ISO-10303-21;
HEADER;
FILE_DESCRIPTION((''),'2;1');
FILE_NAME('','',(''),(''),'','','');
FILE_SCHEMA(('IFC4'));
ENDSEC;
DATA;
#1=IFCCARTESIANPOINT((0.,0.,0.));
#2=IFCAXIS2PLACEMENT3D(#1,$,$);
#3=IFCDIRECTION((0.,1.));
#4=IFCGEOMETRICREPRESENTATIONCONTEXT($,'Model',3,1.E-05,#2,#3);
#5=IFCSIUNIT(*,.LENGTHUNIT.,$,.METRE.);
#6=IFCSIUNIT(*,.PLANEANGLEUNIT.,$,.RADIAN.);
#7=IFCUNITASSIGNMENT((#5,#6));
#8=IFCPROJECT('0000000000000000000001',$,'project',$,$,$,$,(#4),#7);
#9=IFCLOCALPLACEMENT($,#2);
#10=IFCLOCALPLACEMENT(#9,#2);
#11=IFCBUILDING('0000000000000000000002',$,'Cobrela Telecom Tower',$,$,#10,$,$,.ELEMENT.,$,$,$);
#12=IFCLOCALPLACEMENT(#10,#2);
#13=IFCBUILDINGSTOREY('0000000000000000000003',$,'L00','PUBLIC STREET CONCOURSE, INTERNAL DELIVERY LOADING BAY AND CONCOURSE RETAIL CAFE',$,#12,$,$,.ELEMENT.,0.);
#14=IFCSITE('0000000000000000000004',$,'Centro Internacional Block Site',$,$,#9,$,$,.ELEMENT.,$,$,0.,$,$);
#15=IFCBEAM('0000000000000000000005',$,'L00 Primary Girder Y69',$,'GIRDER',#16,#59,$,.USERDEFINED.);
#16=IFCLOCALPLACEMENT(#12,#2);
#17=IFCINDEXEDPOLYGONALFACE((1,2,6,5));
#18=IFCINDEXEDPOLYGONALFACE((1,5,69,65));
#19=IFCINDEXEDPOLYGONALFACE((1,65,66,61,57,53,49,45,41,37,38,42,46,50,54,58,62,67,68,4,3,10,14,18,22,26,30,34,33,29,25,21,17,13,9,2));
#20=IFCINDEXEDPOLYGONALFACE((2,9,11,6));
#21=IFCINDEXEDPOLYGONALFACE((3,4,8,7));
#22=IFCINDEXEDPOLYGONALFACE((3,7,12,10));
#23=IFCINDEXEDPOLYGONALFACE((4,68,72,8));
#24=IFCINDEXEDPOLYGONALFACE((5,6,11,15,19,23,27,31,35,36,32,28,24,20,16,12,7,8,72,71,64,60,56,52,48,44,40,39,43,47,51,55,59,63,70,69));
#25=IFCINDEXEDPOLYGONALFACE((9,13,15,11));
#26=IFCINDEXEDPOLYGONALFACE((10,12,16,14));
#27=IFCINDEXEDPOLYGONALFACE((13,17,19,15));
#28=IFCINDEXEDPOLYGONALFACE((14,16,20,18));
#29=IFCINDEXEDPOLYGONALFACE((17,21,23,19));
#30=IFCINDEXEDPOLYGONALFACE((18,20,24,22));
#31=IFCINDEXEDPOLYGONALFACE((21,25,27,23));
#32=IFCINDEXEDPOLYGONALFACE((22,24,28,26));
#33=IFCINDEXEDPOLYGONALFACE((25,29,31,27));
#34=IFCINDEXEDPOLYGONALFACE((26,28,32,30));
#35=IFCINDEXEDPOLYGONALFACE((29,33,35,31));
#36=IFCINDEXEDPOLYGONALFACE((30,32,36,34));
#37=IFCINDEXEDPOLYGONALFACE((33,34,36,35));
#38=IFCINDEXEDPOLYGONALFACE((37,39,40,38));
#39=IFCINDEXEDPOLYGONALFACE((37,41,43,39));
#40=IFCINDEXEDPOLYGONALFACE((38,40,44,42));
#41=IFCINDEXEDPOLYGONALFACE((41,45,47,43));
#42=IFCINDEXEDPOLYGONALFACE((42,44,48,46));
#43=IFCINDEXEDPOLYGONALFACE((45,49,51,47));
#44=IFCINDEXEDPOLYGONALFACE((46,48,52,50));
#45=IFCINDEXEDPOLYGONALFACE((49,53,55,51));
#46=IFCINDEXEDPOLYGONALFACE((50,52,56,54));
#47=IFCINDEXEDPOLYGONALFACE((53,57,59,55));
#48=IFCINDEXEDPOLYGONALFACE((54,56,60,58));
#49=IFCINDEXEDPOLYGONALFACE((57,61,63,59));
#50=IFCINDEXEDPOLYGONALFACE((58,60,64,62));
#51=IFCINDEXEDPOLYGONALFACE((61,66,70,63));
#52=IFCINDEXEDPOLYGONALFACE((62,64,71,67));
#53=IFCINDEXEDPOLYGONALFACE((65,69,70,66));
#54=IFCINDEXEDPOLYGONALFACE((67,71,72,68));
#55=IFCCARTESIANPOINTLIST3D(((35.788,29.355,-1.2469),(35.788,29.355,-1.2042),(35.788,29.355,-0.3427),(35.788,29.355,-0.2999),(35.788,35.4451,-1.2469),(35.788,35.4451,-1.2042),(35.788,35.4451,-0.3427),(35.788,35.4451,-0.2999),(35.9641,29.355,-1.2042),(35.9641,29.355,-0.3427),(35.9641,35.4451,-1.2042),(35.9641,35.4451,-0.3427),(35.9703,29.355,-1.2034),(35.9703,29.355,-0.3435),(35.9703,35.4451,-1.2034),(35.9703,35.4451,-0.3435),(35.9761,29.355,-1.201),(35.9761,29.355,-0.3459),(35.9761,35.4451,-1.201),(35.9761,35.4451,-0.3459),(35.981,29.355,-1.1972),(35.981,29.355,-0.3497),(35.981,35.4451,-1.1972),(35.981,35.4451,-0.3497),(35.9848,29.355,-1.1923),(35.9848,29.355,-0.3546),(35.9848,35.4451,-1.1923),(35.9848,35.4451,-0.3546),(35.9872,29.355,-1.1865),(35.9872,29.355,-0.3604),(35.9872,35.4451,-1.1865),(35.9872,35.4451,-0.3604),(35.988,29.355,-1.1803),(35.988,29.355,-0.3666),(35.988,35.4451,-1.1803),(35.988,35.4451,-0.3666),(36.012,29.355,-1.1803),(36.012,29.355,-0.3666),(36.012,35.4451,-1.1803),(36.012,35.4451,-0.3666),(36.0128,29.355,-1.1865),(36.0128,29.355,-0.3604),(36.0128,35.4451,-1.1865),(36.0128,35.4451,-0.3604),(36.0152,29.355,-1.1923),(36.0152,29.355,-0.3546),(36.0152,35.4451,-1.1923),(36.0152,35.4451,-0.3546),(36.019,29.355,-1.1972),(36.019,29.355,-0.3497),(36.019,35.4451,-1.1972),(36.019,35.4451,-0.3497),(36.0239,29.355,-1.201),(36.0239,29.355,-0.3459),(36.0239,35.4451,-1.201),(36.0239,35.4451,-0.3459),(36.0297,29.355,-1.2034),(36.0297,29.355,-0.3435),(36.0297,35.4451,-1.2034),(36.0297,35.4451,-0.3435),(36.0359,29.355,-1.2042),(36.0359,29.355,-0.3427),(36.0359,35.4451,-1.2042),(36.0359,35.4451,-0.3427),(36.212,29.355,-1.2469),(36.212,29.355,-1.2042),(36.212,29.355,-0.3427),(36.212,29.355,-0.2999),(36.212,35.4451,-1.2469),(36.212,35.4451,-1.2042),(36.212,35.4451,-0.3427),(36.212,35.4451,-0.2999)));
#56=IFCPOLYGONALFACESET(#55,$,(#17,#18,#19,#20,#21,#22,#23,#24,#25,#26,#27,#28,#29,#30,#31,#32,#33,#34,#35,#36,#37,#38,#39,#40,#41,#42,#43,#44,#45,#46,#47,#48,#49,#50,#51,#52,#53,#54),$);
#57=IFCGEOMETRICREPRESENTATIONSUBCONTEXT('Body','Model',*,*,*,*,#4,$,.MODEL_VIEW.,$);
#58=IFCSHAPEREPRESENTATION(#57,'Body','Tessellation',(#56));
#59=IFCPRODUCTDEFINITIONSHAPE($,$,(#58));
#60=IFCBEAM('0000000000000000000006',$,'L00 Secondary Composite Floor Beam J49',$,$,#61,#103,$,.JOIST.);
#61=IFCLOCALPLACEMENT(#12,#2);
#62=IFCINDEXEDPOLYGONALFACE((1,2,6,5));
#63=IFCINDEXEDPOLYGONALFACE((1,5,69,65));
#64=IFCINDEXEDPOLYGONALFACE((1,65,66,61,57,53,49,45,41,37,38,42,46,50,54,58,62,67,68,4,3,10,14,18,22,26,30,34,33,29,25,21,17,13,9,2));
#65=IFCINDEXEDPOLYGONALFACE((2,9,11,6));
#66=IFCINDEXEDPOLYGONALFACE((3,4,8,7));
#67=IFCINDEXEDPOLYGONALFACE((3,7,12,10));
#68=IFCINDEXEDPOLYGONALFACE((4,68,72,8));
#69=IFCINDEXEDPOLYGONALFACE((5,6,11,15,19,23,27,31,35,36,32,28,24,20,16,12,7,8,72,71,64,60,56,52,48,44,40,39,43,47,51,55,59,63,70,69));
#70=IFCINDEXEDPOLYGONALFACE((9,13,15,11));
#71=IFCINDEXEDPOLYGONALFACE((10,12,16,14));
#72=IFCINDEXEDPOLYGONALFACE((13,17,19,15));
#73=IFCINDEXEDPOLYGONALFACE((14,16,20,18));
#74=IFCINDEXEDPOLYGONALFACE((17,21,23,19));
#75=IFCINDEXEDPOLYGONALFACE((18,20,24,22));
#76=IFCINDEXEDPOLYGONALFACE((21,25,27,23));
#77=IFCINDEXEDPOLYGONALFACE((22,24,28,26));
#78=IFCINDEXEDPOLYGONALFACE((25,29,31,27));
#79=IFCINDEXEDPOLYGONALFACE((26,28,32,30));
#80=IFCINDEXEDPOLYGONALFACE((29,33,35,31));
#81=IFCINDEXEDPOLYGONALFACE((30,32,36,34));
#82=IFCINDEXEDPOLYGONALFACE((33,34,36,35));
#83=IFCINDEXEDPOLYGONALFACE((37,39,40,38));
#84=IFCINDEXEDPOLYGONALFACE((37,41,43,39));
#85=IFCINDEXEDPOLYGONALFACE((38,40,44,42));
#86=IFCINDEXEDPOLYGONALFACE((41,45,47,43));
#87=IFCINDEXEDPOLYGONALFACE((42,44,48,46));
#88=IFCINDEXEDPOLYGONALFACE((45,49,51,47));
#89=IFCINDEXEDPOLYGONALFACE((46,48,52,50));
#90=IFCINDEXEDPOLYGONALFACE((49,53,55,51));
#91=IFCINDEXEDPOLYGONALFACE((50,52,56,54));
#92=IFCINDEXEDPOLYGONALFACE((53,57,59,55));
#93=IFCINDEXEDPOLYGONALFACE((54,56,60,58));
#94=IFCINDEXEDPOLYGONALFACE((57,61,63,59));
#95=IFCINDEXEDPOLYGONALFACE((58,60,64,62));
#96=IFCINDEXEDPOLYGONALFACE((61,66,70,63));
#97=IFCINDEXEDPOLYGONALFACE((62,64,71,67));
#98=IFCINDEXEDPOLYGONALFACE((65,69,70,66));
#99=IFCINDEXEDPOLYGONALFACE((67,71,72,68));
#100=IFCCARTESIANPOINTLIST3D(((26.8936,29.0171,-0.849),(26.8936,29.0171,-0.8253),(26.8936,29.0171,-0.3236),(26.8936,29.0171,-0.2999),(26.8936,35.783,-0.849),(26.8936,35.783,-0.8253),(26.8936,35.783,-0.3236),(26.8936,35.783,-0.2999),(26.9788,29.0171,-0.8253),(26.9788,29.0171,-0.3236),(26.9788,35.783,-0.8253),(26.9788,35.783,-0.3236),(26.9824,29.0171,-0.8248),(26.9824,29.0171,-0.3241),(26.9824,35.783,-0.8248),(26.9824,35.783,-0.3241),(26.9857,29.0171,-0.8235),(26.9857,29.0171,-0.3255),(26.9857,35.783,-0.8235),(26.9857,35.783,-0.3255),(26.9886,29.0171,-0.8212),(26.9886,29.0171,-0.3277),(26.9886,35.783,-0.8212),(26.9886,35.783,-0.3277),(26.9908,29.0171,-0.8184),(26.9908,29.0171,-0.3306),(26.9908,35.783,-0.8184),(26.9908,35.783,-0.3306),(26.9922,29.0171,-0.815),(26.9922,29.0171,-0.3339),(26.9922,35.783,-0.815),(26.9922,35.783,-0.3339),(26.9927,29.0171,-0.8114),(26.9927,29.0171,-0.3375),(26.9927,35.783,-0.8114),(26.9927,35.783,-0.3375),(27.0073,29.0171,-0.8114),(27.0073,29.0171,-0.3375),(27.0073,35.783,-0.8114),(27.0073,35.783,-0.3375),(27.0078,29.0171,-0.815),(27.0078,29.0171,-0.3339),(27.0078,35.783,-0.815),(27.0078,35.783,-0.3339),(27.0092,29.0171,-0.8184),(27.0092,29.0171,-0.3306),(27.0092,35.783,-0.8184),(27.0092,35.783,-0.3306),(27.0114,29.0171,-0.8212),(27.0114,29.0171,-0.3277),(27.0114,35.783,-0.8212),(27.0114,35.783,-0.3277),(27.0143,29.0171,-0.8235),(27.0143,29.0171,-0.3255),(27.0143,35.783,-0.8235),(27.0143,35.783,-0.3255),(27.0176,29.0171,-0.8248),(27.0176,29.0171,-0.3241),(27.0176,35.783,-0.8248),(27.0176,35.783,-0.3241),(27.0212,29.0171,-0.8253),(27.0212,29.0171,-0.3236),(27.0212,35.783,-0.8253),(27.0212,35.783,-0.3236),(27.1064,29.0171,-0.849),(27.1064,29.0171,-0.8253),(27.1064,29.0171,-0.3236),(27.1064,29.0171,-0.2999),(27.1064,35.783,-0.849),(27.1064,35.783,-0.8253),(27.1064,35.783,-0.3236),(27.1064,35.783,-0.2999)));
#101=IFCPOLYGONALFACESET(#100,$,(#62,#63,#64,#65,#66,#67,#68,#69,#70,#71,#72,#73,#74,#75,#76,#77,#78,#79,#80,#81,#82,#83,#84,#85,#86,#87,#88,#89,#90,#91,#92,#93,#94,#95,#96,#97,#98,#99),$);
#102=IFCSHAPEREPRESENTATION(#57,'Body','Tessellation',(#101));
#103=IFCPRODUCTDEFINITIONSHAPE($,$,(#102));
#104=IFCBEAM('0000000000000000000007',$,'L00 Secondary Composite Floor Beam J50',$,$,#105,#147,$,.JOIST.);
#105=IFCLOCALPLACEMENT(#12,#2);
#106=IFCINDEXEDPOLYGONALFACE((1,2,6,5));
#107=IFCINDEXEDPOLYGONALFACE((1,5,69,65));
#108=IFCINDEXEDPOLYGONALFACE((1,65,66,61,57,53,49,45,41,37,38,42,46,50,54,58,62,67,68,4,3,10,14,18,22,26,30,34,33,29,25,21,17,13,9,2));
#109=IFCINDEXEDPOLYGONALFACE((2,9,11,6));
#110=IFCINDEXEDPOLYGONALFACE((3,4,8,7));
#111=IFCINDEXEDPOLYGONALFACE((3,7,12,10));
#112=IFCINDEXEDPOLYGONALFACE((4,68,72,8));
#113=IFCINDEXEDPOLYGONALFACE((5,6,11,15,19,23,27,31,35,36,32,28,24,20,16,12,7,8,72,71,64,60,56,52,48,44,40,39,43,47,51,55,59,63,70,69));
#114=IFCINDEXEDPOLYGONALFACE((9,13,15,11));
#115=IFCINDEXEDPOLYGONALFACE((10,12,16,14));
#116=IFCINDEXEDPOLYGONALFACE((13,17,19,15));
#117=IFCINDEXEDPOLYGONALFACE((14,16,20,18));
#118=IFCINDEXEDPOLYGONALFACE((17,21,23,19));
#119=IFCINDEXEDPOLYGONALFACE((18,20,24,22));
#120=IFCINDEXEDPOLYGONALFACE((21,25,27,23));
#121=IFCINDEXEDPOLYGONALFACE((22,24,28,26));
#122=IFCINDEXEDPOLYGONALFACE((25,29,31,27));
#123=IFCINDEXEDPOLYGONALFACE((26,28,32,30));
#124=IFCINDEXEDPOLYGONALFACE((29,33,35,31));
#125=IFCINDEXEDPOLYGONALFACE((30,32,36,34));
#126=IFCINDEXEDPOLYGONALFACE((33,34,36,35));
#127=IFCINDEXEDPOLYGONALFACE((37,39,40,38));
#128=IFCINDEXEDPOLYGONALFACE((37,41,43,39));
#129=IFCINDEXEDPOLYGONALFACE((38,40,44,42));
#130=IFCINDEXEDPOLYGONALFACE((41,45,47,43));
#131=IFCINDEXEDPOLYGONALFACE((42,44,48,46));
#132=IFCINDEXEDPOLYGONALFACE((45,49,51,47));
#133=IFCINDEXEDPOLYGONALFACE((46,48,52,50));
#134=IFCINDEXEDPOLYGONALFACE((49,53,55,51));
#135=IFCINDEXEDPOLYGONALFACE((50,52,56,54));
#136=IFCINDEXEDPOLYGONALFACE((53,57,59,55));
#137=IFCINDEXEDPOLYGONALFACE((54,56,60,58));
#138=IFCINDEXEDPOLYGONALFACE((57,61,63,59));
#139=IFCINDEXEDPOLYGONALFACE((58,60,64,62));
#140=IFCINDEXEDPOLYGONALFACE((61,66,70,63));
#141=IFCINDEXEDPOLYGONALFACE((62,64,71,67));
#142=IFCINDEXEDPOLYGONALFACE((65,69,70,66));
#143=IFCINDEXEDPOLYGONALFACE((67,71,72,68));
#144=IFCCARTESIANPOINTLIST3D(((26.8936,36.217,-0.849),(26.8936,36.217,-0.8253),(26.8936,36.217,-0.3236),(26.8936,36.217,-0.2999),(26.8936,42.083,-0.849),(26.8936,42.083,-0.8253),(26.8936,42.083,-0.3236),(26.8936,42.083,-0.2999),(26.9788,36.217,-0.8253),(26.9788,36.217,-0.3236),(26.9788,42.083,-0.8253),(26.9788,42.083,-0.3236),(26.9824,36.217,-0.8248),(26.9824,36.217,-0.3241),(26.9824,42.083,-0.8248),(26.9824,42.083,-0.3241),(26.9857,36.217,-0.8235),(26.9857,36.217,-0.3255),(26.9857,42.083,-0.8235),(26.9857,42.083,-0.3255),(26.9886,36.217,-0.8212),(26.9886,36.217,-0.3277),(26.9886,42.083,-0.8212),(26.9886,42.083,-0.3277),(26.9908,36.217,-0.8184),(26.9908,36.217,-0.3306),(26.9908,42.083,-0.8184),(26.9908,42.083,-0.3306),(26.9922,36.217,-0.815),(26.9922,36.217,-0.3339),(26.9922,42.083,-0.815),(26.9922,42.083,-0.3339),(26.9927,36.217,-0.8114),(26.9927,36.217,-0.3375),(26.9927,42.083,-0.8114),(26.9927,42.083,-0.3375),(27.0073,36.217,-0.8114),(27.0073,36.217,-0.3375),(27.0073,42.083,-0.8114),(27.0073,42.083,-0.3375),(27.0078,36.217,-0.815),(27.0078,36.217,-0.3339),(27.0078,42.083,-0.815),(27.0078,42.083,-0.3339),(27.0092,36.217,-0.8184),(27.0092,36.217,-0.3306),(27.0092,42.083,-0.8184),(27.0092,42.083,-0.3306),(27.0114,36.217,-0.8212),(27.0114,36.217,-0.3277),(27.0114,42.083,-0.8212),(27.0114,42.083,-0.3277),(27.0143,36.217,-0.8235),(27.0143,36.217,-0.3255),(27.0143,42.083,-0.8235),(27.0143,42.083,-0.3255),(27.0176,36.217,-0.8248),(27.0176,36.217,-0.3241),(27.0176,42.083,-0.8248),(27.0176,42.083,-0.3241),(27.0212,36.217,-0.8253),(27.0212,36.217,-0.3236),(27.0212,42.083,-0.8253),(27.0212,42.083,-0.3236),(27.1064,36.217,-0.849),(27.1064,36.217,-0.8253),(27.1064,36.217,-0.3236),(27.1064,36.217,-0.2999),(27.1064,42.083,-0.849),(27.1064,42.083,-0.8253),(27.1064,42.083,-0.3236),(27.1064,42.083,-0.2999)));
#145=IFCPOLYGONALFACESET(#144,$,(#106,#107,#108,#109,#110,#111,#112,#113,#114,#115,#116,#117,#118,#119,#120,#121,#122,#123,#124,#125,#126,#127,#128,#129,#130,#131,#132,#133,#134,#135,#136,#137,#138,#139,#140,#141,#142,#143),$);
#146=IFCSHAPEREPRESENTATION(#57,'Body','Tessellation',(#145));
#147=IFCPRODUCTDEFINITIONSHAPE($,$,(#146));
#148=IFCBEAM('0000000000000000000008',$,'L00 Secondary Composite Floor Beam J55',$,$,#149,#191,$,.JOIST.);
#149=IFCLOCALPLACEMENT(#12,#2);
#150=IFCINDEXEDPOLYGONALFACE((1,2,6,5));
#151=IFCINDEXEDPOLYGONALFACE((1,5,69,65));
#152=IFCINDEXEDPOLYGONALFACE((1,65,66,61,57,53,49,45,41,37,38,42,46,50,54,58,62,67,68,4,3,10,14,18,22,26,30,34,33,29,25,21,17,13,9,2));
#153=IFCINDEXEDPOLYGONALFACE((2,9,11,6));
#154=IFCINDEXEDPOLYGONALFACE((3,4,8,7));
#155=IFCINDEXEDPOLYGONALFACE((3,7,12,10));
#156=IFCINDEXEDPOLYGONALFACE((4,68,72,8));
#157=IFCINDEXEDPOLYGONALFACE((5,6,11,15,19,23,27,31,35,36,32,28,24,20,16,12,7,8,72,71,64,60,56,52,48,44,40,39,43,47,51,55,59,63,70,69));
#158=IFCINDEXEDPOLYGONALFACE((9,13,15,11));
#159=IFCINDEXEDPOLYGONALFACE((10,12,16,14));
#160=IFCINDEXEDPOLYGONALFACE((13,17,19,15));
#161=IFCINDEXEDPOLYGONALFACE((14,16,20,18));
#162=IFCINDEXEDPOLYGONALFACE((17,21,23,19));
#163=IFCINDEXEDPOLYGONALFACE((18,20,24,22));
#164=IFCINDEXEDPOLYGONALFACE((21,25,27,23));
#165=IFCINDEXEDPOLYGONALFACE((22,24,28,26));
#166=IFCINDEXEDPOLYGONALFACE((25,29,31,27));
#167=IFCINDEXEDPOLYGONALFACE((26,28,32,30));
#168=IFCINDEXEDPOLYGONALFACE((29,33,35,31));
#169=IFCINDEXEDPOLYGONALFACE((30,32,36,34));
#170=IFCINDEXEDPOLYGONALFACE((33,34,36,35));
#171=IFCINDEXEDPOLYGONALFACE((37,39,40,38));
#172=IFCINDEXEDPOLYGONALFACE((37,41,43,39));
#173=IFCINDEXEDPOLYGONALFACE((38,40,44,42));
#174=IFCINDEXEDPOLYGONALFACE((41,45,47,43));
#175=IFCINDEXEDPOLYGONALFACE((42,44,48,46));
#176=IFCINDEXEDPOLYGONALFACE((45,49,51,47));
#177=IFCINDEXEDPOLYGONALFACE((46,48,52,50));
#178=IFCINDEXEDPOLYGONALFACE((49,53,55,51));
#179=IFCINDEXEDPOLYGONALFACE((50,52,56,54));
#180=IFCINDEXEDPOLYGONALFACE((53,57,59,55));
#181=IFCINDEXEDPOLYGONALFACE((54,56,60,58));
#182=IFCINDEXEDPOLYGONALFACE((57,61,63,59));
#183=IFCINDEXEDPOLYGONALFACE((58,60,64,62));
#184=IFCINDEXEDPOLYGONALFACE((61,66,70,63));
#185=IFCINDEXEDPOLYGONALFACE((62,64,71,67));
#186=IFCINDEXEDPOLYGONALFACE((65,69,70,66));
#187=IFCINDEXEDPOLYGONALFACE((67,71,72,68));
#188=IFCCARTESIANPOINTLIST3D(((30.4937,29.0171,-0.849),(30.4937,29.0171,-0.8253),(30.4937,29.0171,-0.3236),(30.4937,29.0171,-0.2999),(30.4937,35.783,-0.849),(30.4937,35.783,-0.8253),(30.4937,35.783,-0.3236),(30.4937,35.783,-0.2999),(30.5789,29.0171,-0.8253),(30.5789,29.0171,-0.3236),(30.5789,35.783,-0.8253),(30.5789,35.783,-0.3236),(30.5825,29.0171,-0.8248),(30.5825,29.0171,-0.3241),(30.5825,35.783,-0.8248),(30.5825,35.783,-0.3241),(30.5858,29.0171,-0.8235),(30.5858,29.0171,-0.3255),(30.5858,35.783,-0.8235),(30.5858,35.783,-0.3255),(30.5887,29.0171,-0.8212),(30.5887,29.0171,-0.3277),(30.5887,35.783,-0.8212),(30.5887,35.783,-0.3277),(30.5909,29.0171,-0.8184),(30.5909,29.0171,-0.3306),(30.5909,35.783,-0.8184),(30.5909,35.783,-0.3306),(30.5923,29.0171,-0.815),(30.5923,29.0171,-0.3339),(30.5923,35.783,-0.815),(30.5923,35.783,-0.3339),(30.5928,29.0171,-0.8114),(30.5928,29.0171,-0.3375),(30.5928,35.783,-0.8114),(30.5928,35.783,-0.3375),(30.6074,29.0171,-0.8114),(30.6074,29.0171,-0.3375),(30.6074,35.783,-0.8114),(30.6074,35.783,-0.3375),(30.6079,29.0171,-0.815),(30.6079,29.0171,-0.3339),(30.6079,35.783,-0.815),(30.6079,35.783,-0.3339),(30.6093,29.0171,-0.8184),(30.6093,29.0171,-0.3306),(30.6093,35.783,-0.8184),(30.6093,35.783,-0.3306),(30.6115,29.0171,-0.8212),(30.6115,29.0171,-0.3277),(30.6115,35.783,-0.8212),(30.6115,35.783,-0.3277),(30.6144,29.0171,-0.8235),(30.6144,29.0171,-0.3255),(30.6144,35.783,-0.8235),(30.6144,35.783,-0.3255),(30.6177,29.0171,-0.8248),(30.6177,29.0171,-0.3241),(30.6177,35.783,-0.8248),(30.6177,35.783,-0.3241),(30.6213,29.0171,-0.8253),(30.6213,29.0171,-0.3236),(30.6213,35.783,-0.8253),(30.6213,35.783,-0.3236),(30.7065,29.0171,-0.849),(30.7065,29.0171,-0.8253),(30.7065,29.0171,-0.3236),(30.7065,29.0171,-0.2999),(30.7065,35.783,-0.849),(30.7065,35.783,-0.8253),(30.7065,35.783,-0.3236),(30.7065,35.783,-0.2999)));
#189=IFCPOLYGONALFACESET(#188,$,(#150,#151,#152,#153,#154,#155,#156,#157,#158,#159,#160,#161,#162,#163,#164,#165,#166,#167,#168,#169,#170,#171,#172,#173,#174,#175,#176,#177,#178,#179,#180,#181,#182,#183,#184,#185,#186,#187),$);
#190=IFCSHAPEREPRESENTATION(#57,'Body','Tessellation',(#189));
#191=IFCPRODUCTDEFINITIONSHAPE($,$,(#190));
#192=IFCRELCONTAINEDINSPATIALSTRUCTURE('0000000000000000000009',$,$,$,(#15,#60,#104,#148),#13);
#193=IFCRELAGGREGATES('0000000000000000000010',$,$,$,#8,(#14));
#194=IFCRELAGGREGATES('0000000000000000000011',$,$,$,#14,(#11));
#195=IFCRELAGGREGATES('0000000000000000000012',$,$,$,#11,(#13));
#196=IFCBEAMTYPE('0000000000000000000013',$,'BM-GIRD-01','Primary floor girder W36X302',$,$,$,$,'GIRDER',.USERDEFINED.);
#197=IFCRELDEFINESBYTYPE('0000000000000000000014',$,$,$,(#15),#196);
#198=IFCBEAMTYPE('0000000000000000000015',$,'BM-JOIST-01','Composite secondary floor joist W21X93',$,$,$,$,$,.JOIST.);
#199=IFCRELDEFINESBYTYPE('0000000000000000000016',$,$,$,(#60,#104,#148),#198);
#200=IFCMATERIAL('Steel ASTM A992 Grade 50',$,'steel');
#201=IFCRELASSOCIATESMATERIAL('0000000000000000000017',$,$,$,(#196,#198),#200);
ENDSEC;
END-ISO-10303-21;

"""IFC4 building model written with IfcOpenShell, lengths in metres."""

from ifc_helpers import new_model, si_unit, direction, frame, origin, origin_2d, place, context, subcontext, project, spatial, i_section, extrude, material, material_profile, profile_set, type_object, element, save


model = new_model("IFC4")

# Units and contexts
model_context = context("Model", 3, precision=1e-05, world=origin(), true_north=direction((0.0, 1.0)))
body_context = subcontext(model_context, "Body", "Model", "MODEL_VIEW")
ifc_project = project(units=[si_unit("LENGTHUNIT", "METRE"), si_unit("PLANEANGLEUNIT", "RADIAN")], contexts=[model_context])

# Site, building, storey
site_placement = place(None, origin())
site = spatial("IfcSite", under=ifc_project, at=site_placement, Name="Centro Internacional Block Site", CompositionType="ELEMENT", RefElevation=0.0)
building_placement = place(site_placement, origin())
building = spatial("IfcBuilding", under=site, at=building_placement, Name="Cobrela Telecom Tower", CompositionType="ELEMENT")
storey_placement = place(building_placement, origin())
storey = spatial("IfcBuildingStorey", under=building, at=storey_placement, Name="L00", Description="PUBLIC STREET CONCOURSE, INTERNAL DELIVERY LOADING BAY AND CONCOURSE RETAIL CAFE", CompositionType="ELEMENT", Elevation=0.0)

# Beams
ifc_material_1 = material(Name="Steel ASTM A992 Grade 50", Category="steel")
ifc_material_profile_1 = material_profile(ifc_material_1, i_section(OverallWidth=0.4241, OverallDepth=0.947, WebThickness=0.0239, FlangeThickness=0.0427, FilletRadius=0.0239, at=origin_2d()), Name="W36X302")
ifc_profile_set_1 = profile_set([ifc_material_profile_1], Name="Steel ASTM A992 Grade 50")
beam_type_1 = type_object("IfcBeamType", Name="BM-GIRD-01", Description="Primary floor girder W36X302", ElementType="GIRDER", PredefinedType="USERDEFINED", material=ifc_profile_set_1)
for number, where, z_axis, x_axis, name in (
    (1, (36.0, 29.355, -0.7734), (0.0, 1.0, 0.0), (-1.0, 0.0, 0.0), "L00 Primary Girder Y69"),
):
    element("IfcBeam", number, at=place(storey_placement, frame(where, z_axis=z_axis, x_axis=x_axis)), inside=storey, type_object=beam_type_1, Name=name, ObjectType="GIRDER", PredefinedType="USERDEFINED", context=body_context, shape_type="SweptSolid", body=[
        extrude(i_section(OverallWidth=0.4241, OverallDepth=0.947, WebThickness=0.0239, FlangeThickness=0.0427, FilletRadius=0.0239, at=origin_2d()), origin(), (0.0, 0.0, 1.0), 6.0901),
    ])
ifc_material_profile_2 = material_profile(ifc_material_1, i_section(OverallWidth=0.2129, OverallDepth=0.5491, WebThickness=0.0146, FlangeThickness=0.0237, FilletRadius=0.0139, at=origin_2d()), Name="W21X93")
ifc_profile_set_2 = profile_set([ifc_material_profile_2], Name="Steel ASTM A992 Grade 50")
beam_type_2 = type_object("IfcBeamType", Name="BM-JOIST-01", Description="Composite secondary floor joist W21X93", PredefinedType="JOIST", material=ifc_profile_set_2)
beam_1_placement = place(storey_placement, frame((27.0, 29.0171, -0.5745), z_axis=(0.0, 1.0, 0.0), x_axis=(-1.0, 0.0, 0.0)))
element("IfcBeam", 2, at=beam_1_placement, inside=storey, type_object=beam_type_2, Name="L00 Secondary Composite Floor Beam J49", PredefinedType="JOIST", context=body_context, shape_type="SweptSolid", body=[
    extrude(i_section(OverallWidth=0.2129, OverallDepth=0.5491, WebThickness=0.0146, FlangeThickness=0.0237, FilletRadius=0.0139, at=origin_2d()), origin(), (0.0, 0.0, 1.0), 6.7659),
])
beam_2_placement = place(storey_placement, frame((27.0, 36.217, -0.5745), z_axis=(0.0, 1.0, 0.0), x_axis=(-1.0, 0.0, 0.0)))
element("IfcBeam", 3, at=beam_2_placement, inside=storey, type_object=beam_type_2, Name="L00 Secondary Composite Floor Beam J50", PredefinedType="JOIST", context=body_context, shape_type="SweptSolid", body=[
    extrude(i_section(OverallWidth=0.2129, OverallDepth=0.5491, WebThickness=0.0146, FlangeThickness=0.0237, FilletRadius=0.0139, at=origin_2d()), origin(), (0.0, 0.0, 1.0), 5.866),
])
for number, where, z_axis, x_axis, name in (
    (4, (30.6001, 29.0171, -0.5745), (0.0, 1.0, 0.0), (-1.0, 0.0, 0.0), "L00 Secondary Composite Floor Beam J55"),
):
    element("IfcBeam", number, at=place(storey_placement, frame(where, z_axis=z_axis, x_axis=x_axis)), inside=storey, type_object=beam_type_2, Name=name, PredefinedType="JOIST", context=body_context, shape_type="SweptSolid", body=[
        extrude(i_section(OverallWidth=0.2129, OverallDepth=0.5491, WebThickness=0.0146, FlangeThickness=0.0237, FilletRadius=0.0139, at=origin_2d()), origin(), (0.0, 0.0, 1.0), 6.7659),
    ])

save(model, "model.ifc")
